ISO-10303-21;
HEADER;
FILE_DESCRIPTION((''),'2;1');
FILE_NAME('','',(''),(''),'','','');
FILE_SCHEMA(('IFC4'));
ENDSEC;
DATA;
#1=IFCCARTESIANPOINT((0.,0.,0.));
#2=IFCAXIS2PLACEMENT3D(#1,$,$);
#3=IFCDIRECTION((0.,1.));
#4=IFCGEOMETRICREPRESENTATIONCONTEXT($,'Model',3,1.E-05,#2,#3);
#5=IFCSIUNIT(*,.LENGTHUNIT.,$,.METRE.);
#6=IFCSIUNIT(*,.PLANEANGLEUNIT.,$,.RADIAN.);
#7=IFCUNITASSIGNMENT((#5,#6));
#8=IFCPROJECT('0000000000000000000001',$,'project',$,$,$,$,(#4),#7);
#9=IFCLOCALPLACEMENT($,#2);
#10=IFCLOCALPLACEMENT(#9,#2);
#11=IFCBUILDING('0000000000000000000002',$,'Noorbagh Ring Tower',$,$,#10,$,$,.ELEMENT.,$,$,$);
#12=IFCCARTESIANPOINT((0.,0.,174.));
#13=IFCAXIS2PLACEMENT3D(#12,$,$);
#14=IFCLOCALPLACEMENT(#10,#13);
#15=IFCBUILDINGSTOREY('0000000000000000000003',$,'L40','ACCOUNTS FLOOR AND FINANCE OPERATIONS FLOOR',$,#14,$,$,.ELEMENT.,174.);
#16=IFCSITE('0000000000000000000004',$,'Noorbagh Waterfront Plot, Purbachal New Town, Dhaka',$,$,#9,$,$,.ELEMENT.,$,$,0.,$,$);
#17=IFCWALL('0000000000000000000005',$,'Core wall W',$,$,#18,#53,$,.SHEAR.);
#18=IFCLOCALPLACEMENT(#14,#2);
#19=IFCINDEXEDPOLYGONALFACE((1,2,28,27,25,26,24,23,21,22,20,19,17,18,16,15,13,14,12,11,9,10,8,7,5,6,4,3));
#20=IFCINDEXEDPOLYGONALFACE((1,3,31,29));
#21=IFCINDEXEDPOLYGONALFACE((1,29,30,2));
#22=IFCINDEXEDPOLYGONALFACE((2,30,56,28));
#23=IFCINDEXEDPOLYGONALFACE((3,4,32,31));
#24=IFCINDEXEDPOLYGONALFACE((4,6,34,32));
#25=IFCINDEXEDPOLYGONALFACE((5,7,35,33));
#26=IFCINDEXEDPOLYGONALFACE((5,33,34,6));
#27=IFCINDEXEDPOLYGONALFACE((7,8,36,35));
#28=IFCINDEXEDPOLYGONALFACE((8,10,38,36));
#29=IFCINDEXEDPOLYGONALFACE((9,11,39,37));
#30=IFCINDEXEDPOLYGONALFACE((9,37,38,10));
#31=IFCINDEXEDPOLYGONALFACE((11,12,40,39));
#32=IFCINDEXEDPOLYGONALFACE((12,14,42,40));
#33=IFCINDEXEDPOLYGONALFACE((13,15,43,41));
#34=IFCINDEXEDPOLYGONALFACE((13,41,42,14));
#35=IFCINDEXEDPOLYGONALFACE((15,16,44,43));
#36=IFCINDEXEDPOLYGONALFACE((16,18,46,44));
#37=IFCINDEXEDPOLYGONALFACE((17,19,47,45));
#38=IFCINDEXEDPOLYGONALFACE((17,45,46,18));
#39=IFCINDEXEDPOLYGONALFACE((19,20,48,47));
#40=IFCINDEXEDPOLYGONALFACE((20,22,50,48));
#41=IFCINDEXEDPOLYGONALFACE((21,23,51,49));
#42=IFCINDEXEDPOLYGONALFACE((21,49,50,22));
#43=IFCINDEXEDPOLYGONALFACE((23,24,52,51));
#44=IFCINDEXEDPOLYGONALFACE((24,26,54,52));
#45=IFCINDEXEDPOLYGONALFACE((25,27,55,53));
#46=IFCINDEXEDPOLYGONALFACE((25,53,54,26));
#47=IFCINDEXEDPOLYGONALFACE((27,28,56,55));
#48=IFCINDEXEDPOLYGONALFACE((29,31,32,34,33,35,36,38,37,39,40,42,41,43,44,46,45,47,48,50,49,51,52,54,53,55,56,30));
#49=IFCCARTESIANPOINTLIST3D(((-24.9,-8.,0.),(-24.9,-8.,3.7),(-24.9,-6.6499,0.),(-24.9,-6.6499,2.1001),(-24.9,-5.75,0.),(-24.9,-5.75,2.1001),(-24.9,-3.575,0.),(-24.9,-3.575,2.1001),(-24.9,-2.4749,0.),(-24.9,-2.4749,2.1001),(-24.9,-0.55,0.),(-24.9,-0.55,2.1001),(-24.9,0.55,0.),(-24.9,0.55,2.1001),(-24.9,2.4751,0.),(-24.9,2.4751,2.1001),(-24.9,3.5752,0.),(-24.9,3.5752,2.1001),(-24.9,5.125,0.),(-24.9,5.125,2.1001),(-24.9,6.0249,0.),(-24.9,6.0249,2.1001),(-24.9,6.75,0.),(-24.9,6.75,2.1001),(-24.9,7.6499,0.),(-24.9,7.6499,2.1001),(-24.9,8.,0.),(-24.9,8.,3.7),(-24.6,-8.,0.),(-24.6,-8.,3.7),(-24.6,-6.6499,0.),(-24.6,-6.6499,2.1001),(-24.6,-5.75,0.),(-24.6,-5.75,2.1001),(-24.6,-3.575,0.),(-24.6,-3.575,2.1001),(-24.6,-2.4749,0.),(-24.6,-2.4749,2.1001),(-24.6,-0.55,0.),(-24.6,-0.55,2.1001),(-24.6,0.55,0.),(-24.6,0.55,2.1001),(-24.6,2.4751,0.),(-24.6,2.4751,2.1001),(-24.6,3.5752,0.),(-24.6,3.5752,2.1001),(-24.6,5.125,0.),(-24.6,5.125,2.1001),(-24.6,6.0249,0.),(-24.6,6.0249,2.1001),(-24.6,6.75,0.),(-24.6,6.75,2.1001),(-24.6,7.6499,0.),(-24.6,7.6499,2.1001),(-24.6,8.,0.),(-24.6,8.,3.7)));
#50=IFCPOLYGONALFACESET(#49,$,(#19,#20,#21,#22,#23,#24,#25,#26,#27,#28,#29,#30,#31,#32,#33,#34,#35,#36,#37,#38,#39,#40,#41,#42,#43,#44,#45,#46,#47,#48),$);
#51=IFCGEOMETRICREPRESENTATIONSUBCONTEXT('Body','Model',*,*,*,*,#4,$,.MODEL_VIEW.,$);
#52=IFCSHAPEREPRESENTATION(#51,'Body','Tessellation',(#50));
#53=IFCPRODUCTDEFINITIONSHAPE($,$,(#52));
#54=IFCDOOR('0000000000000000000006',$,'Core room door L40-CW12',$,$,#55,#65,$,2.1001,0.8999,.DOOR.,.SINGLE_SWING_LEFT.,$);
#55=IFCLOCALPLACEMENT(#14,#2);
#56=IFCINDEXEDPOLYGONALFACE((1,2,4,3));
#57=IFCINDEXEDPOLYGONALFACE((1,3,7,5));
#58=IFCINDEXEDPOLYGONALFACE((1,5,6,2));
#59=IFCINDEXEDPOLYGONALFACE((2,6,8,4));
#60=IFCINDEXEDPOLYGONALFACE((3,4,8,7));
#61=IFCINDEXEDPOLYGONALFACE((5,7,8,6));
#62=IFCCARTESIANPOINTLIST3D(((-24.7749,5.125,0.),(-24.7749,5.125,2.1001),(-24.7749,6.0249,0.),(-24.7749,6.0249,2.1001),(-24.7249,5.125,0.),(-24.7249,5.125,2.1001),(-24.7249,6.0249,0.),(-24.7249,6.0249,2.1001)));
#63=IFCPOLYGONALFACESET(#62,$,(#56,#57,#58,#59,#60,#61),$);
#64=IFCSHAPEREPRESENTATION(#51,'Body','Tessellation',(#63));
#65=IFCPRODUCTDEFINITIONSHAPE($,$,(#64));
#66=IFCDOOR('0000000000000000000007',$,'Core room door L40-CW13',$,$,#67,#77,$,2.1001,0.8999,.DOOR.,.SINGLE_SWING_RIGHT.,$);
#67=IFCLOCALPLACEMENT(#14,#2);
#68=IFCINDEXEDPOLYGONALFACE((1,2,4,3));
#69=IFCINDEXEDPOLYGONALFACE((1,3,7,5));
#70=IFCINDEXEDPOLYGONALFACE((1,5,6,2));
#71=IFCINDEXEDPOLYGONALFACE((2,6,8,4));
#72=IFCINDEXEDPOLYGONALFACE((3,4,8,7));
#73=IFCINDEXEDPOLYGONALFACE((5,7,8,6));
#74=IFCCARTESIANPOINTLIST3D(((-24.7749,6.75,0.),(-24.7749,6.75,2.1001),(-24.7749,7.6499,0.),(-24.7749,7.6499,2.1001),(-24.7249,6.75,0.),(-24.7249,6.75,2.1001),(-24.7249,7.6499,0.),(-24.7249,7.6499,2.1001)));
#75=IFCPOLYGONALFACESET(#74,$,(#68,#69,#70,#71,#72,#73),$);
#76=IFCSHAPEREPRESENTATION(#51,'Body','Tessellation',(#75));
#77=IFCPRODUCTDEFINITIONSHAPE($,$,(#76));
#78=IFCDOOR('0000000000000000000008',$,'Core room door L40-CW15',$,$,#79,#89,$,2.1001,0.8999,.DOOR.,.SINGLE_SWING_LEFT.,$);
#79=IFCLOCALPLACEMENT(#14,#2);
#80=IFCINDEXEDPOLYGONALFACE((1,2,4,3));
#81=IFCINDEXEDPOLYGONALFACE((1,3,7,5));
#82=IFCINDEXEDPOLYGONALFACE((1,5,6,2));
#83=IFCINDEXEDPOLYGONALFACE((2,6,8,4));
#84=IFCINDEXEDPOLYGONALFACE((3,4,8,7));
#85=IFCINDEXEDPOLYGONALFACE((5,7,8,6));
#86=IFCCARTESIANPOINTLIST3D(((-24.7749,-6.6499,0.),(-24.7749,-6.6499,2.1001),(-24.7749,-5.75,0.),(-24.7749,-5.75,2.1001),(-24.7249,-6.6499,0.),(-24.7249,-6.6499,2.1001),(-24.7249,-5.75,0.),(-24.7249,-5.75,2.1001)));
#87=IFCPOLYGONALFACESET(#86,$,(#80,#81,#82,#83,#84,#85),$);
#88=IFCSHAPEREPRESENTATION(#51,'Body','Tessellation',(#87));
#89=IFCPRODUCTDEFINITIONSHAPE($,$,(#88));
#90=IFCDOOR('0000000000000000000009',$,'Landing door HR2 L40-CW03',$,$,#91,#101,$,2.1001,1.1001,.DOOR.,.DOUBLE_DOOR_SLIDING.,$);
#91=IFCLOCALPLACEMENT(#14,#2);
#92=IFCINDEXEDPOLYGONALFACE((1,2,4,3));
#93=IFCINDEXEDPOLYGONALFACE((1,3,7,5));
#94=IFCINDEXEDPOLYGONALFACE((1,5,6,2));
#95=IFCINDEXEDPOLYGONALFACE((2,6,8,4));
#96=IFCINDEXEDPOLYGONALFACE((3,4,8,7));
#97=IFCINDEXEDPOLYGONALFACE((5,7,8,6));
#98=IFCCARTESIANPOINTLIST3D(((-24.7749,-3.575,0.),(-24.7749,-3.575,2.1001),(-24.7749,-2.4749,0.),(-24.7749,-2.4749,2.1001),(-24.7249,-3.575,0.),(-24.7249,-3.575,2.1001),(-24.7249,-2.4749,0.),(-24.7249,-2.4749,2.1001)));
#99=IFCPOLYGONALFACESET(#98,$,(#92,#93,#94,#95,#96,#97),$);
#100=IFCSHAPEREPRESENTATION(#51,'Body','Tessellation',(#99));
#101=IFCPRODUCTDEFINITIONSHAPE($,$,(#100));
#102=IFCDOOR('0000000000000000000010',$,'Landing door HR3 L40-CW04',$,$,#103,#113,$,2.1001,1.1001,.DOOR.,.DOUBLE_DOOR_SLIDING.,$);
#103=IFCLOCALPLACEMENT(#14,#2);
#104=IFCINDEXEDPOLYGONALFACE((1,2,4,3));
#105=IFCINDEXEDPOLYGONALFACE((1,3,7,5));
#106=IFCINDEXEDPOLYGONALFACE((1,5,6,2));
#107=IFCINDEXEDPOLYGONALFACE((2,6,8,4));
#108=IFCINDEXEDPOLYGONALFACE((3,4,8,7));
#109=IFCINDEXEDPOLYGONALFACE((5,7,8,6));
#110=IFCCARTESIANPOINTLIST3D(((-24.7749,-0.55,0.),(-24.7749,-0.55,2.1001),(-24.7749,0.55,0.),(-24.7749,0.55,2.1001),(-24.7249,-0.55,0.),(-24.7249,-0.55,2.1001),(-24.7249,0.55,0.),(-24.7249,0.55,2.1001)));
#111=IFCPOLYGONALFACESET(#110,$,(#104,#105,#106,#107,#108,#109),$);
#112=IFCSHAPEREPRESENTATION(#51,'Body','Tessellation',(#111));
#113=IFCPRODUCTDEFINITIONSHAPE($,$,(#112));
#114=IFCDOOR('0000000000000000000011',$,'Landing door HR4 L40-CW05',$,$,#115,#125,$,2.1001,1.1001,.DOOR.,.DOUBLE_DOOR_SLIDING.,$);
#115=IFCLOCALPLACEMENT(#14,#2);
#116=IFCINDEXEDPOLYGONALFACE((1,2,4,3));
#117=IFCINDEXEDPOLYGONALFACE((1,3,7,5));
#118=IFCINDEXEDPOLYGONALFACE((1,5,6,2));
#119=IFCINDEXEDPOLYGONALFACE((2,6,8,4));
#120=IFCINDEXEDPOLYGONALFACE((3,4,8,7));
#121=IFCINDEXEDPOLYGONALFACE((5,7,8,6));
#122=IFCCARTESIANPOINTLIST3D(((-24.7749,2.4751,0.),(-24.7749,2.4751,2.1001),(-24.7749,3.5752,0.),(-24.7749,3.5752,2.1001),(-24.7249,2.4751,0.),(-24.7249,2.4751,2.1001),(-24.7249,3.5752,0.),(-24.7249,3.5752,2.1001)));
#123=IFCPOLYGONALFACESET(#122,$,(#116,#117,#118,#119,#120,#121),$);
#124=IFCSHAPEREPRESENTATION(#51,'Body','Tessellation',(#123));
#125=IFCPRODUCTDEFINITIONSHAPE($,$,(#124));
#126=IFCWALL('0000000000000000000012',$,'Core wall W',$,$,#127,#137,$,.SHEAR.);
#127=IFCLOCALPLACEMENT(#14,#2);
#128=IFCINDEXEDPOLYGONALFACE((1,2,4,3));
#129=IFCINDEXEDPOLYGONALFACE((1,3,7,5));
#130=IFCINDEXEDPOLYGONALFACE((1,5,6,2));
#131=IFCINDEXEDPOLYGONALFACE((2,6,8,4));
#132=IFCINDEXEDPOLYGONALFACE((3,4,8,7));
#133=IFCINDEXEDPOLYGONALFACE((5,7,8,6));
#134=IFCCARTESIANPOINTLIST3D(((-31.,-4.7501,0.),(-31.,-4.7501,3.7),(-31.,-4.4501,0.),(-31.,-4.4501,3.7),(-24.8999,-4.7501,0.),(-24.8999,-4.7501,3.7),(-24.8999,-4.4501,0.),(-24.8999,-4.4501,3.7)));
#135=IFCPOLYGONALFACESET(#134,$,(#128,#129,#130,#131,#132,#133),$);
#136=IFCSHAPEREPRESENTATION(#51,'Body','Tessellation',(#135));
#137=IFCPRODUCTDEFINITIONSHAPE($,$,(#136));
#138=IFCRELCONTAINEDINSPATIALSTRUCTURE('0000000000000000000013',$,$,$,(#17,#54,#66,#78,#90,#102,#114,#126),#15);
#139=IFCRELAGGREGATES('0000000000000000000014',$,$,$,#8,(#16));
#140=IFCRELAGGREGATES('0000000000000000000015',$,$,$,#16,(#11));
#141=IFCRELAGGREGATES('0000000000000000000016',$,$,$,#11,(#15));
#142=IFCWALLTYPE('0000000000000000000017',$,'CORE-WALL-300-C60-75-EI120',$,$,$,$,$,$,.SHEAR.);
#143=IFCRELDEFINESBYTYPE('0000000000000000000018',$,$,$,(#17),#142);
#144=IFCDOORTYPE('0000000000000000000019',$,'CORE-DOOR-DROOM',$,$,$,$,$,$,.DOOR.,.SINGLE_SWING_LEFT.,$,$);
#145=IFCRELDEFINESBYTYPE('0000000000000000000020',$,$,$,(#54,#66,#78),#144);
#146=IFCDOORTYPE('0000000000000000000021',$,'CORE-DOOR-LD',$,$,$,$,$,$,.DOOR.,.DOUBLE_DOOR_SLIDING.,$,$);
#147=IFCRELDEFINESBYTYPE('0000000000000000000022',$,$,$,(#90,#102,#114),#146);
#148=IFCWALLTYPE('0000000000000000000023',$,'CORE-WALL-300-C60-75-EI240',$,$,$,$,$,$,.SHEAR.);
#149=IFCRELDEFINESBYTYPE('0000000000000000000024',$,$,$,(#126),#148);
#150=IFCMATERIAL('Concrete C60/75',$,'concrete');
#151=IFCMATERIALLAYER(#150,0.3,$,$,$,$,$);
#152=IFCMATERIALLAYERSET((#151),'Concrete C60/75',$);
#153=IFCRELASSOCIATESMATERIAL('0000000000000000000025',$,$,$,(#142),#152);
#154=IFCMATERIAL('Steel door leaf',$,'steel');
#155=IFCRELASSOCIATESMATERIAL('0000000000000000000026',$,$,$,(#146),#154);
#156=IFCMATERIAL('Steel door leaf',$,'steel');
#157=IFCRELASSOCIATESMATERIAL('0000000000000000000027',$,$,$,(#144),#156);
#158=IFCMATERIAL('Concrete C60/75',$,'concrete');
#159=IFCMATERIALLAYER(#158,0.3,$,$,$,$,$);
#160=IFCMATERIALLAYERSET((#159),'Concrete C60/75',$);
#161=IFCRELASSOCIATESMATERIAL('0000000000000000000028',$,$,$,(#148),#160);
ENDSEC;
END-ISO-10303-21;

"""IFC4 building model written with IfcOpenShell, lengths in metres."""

from ifc_helpers import new_model, si_unit, direction, frame, frame_2d, origin, place, context, subcontext, project, spatial, rectangle, extrude, material, layer, layer_set, type_object, element, fill, save


model = new_model("IFC4")

# Units and contexts
model_context = context("Model", 3, precision=1e-05, world=origin(), true_north=direction((0.0, 1.0)))
body_context = subcontext(model_context, "Body", "Model", "MODEL_VIEW")
ifc_project = project(units=[si_unit("LENGTHUNIT", "METRE"), si_unit("PLANEANGLEUNIT", "RADIAN")], contexts=[model_context])

# Site, building, storey
site_placement = place(None, origin())
site = spatial("IfcSite", under=ifc_project, at=site_placement, Name="Noorbagh Waterfront Plot, Purbachal New Town, Dhaka", CompositionType="ELEMENT", RefElevation=0.0)
building_placement = place(site_placement, origin())
building = spatial("IfcBuilding", under=site, at=building_placement, Name="Noorbagh Ring Tower", CompositionType="ELEMENT")
storey_placement = place(building_placement, frame((0.0, 0.0, 174.0)))
storey = spatial("IfcBuildingStorey", under=building, at=storey_placement, Name="L40", Description="ACCOUNTS FLOOR AND FINANCE OPERATIONS FLOOR", CompositionType="ELEMENT", Elevation=174.0)

# Shared definitions
ifc_material_1 = material(Name="Concrete C60/75", Category="concrete")
ifc_layer_1 = layer(ifc_material_1, 0.3)
ifc_layer_set_1 = layer_set([ifc_layer_1], Name="Concrete C60/75")
wall_type_1 = type_object("IfcWallType", Name="CORE-WALL-300-C60-75-EI120", PredefinedType="SHEAR", material=ifc_layer_set_1)

# Wall, openings, doors
ifc_material_2 = material(Name="Steel door leaf", Category="steel")
door_type_1 = type_object("IfcDoorType", Name="CORE-DOOR-LD", OperationType="DOUBLE_DOOR_SLIDING", PredefinedType="DOOR", material=ifc_material_2)
wall_1_placement = place(storey_placement, frame((-24.75, -8.0, 0.0), z_axis=(0.0, 0.0, 1.0), x_axis=(0.0, 1.0, 0.0)))
wall_1 = element("IfcWall", 1, at=wall_1_placement, inside=storey, type_object=wall_type_1, Name="Core wall W", PredefinedType="SHEAR", context=body_context, shape_type="SweptSolid", body=[
    extrude(rectangle(XDim=16.0, YDim=0.3, at=frame_2d((8.0, 0.0))), origin(), (0.0, 0.0, 1.0), 3.7),
])
opening_1_placement = place(wall_1_placement, frame((4.425, 0.0, 0.0)))
opening_1 = element("IfcOpeningElement", 2, at=opening_1_placement, cuts=wall_1, PredefinedType="OPENING", context=body_context, shape_type="SweptSolid", body=[
    extrude(rectangle(XDim=1.1001, YDim=2.1001, at=frame_2d((0.55, 1.05))), frame((0.0, 0.1602, 0.0), z_axis=(0.0, -1.0, 0.0), x_axis=(1.0, 0.0, 0.0)), (0.0, 0.0, 1.0), 0.3201),
])
opening_2_placement = place(wall_1_placement, frame((7.45, 0.0, 0.0)))
opening_2 = element("IfcOpeningElement", 3, at=opening_2_placement, cuts=wall_1, PredefinedType="OPENING", context=body_context, shape_type="SweptSolid", body=[
    extrude(rectangle(XDim=1.1001, YDim=2.1001, at=frame_2d((0.55, 1.05))), frame((0.0, 0.1602, 0.0), z_axis=(0.0, -1.0, 0.0), x_axis=(1.0, 0.0, 0.0)), (0.0, 0.0, 1.0), 0.3201),
])
opening_3_placement = place(wall_1_placement, frame((10.4751, 0.0, 0.0)))
opening_3 = element("IfcOpeningElement", 4, at=opening_3_placement, cuts=wall_1, PredefinedType="OPENING", context=body_context, shape_type="SweptSolid", body=[
    extrude(rectangle(XDim=1.1001, YDim=2.1001, at=frame_2d((0.55, 1.05))), frame((0.0, 0.1602, 0.0), z_axis=(0.0, -1.0, 0.0), x_axis=(1.0, 0.0, 0.0)), (0.0, 0.0, 1.0), 0.3201),
])
opening_4_placement = place(wall_1_placement, frame((13.125, 0.0, 0.0)))
opening_4 = element("IfcOpeningElement", 5, at=opening_4_placement, cuts=wall_1, PredefinedType="OPENING", context=body_context, shape_type="SweptSolid", body=[
    extrude(rectangle(XDim=0.8999, YDim=2.1001, at=frame_2d((0.45, 1.05))), frame((0.0, 0.1602, 0.0), z_axis=(0.0, -1.0, 0.0), x_axis=(1.0, 0.0, 0.0)), (0.0, 0.0, 1.0), 0.3201),
])
opening_5_placement = place(wall_1_placement, frame((14.75, 0.0, 0.0)))
opening_5 = element("IfcOpeningElement", 6, at=opening_5_placement, cuts=wall_1, PredefinedType="OPENING", context=body_context, shape_type="SweptSolid", body=[
    extrude(rectangle(XDim=0.8999, YDim=2.1001, at=frame_2d((0.45, 1.05))), frame((0.0, 0.1602, 0.0), z_axis=(0.0, -1.0, 0.0), x_axis=(1.0, 0.0, 0.0)), (0.0, 0.0, 1.0), 0.3201),
])
opening_6_placement = place(wall_1_placement, frame((1.3501, 0.0, 0.0)))
opening_6 = element("IfcOpeningElement", 7, at=opening_6_placement, cuts=wall_1, PredefinedType="OPENING", context=body_context, shape_type="SweptSolid", body=[
    extrude(rectangle(XDim=0.8999, YDim=2.1001, at=frame_2d((0.45, 1.05))), frame((0.0, 0.1602, 0.0), z_axis=(0.0, -1.0, 0.0), x_axis=(1.0, 0.0, 0.0)), (0.0, 0.0, 1.0), 0.3201),
])
ifc_material_3 = material(Name="Steel door leaf", Category="steel")
door_type_2 = type_object("IfcDoorType", Name="CORE-DOOR-DROOM", OperationType="SINGLE_SWING_LEFT", PredefinedType="DOOR", material=ifc_material_3)
door_1_placement = place(opening_4_placement, origin())
door_1 = element("IfcDoor", 8, at=door_1_placement, inside=storey, type_object=door_type_2, Name="Core room door L40-CW12", OperationType="SINGLE_SWING_LEFT", OverallHeight=2.1001, OverallWidth=0.8999, PredefinedType="DOOR", context=body_context, shape_type="SweptSolid", body=[
    extrude(rectangle(XDim=0.8999, YDim=2.1001, at=frame_2d((0.45, 1.05))), frame((0.0, 0.0249, 0.0), z_axis=(0.0, -1.0, 0.0), x_axis=(1.0, 0.0, 0.0)), (0.0, 0.0, 1.0), 0.05),
])
fill(opening_4, door_1)
door_2_placement = place(opening_5_placement, origin())
door_2 = element("IfcDoor", 9, at=door_2_placement, inside=storey, type_object=door_type_2, Name="Core room door L40-CW13", OperationType="SINGLE_SWING_RIGHT", OverallHeight=2.1001, OverallWidth=0.8999, PredefinedType="DOOR", context=body_context, shape_type="SweptSolid", body=[
    extrude(rectangle(XDim=0.8999, YDim=2.1001, at=frame_2d((0.45, 1.05))), frame((0.0, 0.0249, 0.0), z_axis=(0.0, -1.0, 0.0), x_axis=(1.0, 0.0, 0.0)), (0.0, 0.0, 1.0), 0.05),
])
fill(opening_5, door_2)
door_3_placement = place(opening_6_placement, origin())
door_3 = element("IfcDoor", 10, at=door_3_placement, inside=storey, type_object=door_type_2, Name="Core room door L40-CW15", OperationType="SINGLE_SWING_LEFT", OverallHeight=2.1001, OverallWidth=0.8999, PredefinedType="DOOR", context=body_context, shape_type="SweptSolid", body=[
    extrude(rectangle(XDim=0.8999, YDim=2.1001, at=frame_2d((0.45, 1.05))), frame((0.0, 0.0249, 0.0), z_axis=(0.0, -1.0, 0.0), x_axis=(1.0, 0.0, 0.0)), (0.0, 0.0, 1.0), 0.05),
])
fill(opening_6, door_3)
door_4_placement = place(opening_1_placement, origin())
door_4 = element("IfcDoor", 11, at=door_4_placement, inside=storey, type_object=door_type_1, Name="Landing door HR2 L40-CW03", OperationType="DOUBLE_DOOR_SLIDING", OverallHeight=2.1001, OverallWidth=1.1001, PredefinedType="DOOR", context=body_context, shape_type="SweptSolid", body=[
    extrude(rectangle(XDim=1.1001, YDim=2.1001, at=frame_2d((0.55, 1.05))), frame((0.0, 0.0249, 0.0), z_axis=(0.0, -1.0, 0.0), x_axis=(1.0, 0.0, 0.0)), (0.0, 0.0, 1.0), 0.05),
])
fill(opening_1, door_4)
door_5_placement = place(opening_2_placement, origin())
door_5 = element("IfcDoor", 12, at=door_5_placement, inside=storey, type_object=door_type_1, Name="Landing door HR3 L40-CW04", OperationType="DOUBLE_DOOR_SLIDING", OverallHeight=2.1001, OverallWidth=1.1001, PredefinedType="DOOR", context=body_context, shape_type="SweptSolid", body=[
    extrude(rectangle(XDim=1.1001, YDim=2.1001, at=frame_2d((0.55, 1.05))), frame((0.0, 0.0249, 0.0), z_axis=(0.0, -1.0, 0.0), x_axis=(1.0, 0.0, 0.0)), (0.0, 0.0, 1.0), 0.05),
])
fill(opening_2, door_5)
door_6_placement = place(opening_3_placement, origin())
door_6 = element("IfcDoor", 13, at=door_6_placement, inside=storey, type_object=door_type_1, Name="Landing door HR4 L40-CW05", OperationType="DOUBLE_DOOR_SLIDING", OverallHeight=2.1001, OverallWidth=1.1001, PredefinedType="DOOR", context=body_context, shape_type="SweptSolid", body=[
    extrude(rectangle(XDim=1.1001, YDim=2.1001, at=frame_2d((0.55, 1.05))), frame((0.0, 0.0249, 0.0), z_axis=(0.0, -1.0, 0.0), x_axis=(1.0, 0.0, 0.0)), (0.0, 0.0, 1.0), 0.05),
])
fill(opening_3, door_6)

# Wall
ifc_material_4 = material(Name="Concrete C60/75", Category="concrete")
ifc_layer_2 = layer(ifc_material_4, 0.3)
ifc_layer_set_2 = layer_set([ifc_layer_2], Name="Concrete C60/75")
wall_type_2 = type_object("IfcWallType", Name="CORE-WALL-300-C60-75-EI240", PredefinedType="SHEAR", material=ifc_layer_set_2)
wall_2_placement = place(storey_placement, frame((-24.8999, -4.6001, 0.0), z_axis=(0.0, 0.0, 1.0), x_axis=(-1.0, 0.0, 0.0)))
element("IfcWall", 14, at=wall_2_placement, inside=storey, type_object=wall_type_2, Name="Core wall W", PredefinedType="SHEAR", context=body_context, shape_type="SweptSolid", body=[
    extrude(rectangle(XDim=6.1001, YDim=0.3, at=frame_2d((3.05, 0.0))), origin(), (0.0, 0.0, 1.0), 3.7),
])

save(model, "model.ifc")
